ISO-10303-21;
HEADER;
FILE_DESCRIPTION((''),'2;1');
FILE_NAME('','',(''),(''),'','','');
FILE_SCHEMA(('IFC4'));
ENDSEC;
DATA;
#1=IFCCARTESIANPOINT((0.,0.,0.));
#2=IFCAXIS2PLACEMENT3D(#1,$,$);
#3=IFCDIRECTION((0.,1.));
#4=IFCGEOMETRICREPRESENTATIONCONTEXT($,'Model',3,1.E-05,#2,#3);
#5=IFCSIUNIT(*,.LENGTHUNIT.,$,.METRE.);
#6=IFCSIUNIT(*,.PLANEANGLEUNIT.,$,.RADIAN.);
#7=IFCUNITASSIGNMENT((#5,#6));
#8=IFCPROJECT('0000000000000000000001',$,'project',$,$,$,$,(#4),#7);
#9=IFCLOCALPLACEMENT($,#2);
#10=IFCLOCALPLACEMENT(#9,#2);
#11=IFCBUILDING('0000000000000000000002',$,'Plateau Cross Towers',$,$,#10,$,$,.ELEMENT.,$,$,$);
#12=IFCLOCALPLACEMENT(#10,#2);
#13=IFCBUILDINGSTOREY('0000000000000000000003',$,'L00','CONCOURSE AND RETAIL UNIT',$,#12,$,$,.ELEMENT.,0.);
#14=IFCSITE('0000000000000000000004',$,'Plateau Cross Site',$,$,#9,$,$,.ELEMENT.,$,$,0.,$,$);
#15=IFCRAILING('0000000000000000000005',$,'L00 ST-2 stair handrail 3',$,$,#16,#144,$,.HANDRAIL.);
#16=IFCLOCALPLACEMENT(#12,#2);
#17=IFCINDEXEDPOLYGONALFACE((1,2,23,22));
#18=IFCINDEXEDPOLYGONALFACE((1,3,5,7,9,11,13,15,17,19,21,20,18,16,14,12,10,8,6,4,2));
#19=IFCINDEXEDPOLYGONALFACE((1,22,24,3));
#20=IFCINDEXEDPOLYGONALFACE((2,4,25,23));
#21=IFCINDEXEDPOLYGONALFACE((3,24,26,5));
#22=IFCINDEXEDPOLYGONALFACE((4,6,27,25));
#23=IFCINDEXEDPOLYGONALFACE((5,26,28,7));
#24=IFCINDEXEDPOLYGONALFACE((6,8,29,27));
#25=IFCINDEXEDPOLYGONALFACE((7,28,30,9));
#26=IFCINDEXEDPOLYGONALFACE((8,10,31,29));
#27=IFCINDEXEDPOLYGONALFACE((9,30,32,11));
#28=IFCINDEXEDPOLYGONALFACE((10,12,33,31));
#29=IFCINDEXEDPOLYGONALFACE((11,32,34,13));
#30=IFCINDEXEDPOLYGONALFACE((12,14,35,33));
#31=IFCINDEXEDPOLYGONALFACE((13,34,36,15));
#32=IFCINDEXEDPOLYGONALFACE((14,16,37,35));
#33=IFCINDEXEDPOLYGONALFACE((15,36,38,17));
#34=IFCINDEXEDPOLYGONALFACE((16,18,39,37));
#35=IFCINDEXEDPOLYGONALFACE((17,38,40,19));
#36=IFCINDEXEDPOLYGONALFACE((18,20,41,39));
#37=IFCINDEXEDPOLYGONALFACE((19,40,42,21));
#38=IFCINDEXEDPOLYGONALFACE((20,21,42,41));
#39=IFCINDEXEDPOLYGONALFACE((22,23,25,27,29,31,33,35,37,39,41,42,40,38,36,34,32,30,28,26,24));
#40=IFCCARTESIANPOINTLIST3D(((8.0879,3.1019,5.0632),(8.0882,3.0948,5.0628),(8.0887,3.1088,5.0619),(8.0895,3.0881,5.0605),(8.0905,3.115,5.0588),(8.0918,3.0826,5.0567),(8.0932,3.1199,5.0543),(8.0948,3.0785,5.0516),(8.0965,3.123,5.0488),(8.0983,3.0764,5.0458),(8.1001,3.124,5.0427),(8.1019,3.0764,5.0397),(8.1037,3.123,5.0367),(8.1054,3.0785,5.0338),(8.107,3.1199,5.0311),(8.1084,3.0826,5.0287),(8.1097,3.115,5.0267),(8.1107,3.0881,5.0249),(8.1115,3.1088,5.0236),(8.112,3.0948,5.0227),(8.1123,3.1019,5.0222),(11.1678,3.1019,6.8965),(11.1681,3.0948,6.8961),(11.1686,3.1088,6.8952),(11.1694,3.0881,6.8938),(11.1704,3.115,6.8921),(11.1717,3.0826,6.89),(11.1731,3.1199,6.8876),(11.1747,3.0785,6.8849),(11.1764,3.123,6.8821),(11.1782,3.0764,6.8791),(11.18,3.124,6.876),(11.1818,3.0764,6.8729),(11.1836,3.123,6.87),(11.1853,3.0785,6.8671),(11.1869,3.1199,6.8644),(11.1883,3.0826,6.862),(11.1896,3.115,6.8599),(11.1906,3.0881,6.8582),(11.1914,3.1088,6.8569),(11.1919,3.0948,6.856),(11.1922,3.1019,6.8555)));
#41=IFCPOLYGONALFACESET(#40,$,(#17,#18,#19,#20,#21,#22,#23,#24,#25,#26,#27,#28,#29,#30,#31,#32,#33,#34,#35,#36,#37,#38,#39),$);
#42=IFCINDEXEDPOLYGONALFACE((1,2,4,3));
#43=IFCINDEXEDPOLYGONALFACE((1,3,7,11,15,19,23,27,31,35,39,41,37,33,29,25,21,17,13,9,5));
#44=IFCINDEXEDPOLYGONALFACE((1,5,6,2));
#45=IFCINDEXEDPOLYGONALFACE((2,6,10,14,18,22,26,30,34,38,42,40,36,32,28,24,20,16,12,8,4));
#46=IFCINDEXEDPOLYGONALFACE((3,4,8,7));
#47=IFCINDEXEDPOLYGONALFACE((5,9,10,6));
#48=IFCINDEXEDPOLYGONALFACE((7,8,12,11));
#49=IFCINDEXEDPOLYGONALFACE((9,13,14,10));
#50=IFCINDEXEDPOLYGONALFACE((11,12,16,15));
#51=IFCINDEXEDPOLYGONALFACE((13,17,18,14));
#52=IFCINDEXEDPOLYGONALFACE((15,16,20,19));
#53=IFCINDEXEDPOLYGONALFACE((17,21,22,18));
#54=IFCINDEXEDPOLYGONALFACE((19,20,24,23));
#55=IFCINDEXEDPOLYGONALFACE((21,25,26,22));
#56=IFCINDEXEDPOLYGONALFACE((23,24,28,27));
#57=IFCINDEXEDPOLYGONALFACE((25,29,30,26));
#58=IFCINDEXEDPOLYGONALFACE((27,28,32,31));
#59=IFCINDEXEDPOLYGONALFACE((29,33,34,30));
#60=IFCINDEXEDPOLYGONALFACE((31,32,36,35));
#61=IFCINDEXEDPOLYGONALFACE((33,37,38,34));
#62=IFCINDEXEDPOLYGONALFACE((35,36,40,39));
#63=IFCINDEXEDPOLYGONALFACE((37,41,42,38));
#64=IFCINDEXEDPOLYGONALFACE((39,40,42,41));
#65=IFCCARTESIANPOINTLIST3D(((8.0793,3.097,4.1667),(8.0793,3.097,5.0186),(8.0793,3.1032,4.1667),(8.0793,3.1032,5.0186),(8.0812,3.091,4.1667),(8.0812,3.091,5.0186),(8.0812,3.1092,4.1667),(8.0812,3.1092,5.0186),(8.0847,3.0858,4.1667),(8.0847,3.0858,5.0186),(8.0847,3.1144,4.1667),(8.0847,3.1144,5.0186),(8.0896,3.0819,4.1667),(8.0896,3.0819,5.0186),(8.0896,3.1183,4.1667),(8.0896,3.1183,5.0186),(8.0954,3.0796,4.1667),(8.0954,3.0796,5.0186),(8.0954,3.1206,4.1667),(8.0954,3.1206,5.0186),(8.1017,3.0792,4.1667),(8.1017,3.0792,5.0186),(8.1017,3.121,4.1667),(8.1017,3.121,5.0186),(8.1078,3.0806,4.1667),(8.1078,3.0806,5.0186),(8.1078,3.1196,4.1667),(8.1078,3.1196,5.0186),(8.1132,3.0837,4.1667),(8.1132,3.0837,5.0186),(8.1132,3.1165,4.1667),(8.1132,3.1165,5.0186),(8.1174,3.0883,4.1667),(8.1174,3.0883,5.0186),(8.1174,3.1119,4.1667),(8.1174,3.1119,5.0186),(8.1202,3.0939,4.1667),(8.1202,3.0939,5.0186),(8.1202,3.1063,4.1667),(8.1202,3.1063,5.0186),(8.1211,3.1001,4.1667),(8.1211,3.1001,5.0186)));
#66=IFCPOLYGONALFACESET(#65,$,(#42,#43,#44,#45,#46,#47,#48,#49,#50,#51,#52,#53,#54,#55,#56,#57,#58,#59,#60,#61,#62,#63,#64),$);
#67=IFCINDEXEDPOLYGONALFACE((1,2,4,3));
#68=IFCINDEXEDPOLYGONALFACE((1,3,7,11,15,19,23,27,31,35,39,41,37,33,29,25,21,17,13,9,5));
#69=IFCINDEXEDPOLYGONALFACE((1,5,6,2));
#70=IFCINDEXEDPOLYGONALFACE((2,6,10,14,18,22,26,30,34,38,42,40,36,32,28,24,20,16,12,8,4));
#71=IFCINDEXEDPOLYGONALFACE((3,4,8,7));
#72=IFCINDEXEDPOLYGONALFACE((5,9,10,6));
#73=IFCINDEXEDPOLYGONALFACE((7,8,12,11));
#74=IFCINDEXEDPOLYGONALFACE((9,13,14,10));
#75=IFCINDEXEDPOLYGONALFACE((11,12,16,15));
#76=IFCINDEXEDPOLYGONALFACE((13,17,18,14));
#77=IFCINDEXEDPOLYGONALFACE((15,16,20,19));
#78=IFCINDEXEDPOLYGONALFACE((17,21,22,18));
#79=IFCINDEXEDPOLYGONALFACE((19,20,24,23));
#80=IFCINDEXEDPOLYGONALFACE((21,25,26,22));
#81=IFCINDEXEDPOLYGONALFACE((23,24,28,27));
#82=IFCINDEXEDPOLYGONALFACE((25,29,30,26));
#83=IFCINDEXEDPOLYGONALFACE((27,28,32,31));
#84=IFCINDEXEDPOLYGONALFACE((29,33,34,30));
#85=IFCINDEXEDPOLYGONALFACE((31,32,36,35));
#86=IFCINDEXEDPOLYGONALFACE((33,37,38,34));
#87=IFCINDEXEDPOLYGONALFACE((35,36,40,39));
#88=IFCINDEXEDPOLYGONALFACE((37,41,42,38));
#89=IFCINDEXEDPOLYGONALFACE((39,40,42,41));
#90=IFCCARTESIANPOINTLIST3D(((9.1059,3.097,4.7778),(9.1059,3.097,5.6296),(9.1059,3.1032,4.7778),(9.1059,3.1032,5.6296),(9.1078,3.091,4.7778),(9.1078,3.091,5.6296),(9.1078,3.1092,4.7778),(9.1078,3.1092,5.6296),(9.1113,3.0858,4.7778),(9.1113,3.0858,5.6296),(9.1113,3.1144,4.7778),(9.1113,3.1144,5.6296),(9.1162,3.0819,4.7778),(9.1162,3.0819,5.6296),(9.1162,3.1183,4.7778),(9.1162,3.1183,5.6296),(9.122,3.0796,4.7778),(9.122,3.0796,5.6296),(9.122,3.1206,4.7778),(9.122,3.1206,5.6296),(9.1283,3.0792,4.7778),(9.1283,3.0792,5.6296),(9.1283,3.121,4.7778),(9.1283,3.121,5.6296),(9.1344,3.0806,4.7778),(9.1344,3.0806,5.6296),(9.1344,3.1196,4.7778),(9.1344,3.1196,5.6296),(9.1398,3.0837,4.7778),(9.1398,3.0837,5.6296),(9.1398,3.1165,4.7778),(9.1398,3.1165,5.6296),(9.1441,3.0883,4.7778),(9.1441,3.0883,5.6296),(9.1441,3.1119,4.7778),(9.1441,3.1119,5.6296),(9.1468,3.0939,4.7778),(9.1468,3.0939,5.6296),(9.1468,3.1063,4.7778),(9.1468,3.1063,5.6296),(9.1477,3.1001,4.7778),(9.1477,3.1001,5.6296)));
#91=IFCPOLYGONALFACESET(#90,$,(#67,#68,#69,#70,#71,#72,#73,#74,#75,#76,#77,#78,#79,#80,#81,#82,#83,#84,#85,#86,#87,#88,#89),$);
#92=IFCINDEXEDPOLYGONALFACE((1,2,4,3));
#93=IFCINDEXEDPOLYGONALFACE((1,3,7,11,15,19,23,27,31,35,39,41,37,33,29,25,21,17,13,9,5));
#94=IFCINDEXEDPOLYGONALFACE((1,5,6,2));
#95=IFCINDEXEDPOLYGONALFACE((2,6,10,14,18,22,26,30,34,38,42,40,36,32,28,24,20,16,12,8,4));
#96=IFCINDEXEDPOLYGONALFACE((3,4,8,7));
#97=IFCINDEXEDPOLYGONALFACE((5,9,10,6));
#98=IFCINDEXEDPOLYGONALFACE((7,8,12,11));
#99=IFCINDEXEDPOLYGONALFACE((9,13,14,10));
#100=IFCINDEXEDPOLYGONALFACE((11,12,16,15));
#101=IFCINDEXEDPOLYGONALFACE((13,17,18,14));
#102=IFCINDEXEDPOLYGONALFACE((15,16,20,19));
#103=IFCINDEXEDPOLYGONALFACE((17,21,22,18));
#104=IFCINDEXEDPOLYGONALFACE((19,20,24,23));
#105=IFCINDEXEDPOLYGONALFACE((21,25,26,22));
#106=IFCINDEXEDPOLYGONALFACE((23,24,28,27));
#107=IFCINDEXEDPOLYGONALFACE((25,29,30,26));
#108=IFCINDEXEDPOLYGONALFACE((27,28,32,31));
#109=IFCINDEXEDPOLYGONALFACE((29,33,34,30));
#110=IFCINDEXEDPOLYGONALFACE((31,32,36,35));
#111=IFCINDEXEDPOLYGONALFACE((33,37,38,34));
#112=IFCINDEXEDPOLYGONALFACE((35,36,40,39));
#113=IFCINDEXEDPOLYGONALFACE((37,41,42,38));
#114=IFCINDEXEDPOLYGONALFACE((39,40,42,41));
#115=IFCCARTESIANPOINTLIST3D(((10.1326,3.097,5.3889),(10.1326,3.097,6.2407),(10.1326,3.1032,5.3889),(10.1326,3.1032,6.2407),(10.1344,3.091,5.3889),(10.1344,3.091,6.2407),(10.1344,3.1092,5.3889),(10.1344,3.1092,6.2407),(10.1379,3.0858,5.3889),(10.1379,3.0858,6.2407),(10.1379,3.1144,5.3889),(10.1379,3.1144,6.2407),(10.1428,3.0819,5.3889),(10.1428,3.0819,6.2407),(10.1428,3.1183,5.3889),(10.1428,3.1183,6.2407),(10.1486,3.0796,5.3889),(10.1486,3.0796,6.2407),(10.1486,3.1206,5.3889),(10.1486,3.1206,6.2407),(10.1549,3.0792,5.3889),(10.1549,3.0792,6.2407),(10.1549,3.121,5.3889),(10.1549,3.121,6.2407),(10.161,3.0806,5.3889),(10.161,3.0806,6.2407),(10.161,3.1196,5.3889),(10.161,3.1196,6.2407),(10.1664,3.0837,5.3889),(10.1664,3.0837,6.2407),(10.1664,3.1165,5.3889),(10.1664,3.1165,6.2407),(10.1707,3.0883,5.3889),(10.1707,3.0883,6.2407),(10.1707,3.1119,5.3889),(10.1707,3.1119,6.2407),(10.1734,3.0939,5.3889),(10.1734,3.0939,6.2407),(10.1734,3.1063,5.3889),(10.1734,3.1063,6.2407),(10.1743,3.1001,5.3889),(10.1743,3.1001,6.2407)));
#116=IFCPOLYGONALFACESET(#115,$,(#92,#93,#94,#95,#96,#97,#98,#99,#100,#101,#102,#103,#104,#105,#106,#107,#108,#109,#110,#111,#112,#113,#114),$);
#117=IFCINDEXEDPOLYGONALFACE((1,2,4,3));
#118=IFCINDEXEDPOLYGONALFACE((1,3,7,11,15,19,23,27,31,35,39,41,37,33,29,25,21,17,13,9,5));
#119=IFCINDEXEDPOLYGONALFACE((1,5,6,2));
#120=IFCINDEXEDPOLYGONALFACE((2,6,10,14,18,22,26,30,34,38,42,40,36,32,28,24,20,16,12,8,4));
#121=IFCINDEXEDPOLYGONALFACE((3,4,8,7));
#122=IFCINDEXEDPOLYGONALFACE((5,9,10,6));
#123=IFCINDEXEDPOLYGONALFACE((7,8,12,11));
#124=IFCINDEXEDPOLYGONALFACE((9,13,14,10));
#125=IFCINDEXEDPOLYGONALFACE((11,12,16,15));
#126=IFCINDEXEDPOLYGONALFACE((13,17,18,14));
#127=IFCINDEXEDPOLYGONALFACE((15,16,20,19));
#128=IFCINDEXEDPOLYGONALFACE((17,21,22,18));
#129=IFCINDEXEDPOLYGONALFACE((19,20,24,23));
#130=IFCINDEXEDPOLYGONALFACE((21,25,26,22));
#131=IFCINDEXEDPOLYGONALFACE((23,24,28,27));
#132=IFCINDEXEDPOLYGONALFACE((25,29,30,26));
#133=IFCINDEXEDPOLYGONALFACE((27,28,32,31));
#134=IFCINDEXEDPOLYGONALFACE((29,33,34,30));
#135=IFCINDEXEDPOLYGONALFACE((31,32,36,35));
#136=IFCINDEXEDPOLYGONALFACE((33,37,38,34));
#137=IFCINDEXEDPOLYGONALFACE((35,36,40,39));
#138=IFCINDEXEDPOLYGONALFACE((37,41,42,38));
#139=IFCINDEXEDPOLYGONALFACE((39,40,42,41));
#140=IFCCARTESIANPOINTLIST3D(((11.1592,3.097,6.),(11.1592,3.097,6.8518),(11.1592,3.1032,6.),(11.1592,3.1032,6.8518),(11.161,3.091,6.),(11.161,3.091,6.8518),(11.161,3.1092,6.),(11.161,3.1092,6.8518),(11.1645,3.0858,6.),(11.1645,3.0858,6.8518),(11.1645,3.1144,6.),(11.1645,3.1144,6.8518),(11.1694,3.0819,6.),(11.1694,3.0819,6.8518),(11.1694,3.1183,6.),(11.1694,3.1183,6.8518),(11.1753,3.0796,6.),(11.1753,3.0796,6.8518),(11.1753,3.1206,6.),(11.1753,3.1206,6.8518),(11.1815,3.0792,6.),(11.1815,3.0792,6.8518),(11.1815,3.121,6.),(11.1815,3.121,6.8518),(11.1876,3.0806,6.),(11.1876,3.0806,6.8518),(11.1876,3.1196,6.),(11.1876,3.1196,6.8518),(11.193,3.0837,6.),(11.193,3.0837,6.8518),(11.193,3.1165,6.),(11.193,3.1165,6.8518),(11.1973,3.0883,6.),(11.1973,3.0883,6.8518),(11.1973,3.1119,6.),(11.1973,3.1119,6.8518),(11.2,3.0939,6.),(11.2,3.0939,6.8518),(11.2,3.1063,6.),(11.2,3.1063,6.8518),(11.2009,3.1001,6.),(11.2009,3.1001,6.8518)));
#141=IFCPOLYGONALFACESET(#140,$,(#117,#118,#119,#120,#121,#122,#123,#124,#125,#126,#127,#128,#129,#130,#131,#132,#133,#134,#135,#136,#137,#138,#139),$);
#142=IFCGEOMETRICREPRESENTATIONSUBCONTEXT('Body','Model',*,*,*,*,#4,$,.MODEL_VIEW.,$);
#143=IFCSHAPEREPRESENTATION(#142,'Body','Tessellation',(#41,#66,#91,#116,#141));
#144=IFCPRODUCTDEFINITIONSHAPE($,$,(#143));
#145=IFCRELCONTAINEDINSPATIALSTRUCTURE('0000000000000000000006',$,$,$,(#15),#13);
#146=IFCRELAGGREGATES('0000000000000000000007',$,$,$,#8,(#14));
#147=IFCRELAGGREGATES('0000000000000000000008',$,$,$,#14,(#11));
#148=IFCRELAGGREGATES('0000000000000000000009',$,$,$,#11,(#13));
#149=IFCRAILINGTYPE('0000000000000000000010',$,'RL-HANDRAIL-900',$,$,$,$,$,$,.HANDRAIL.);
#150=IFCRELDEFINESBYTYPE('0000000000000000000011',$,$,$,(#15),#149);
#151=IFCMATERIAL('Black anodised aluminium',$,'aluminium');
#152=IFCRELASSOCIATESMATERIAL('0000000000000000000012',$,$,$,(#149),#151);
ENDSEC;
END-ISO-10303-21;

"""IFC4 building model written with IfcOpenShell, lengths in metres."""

from ifc_helpers import new_model, si_unit, direction, frame, origin, origin_2d, place, context, subcontext, project, spatial, circle, extrude, material, type_object, element, save


model = new_model("IFC4")

# Units and contexts
model_context = context("Model", 3, precision=1e-05, world=origin(), true_north=direction((0.0, 1.0)))
body_context = subcontext(model_context, "Body", "Model", "MODEL_VIEW")
ifc_project = project(units=[si_unit("LENGTHUNIT", "METRE"), si_unit("PLANEANGLEUNIT", "RADIAN")], contexts=[model_context])

# Site, building, storey
site_placement = place(None, origin())
site = spatial("IfcSite", under=ifc_project, at=site_placement, Name="Plateau Cross Site", CompositionType="ELEMENT", RefElevation=0.0)
building_placement = place(site_placement, origin())
building = spatial("IfcBuilding", under=site, at=building_placement, Name="Plateau Cross Towers", CompositionType="ELEMENT")
storey_placement = place(building_placement, origin())
storey = spatial("IfcBuildingStorey", under=building, at=storey_placement, Name="L00", Description="CONCOURSE AND RETAIL UNIT", CompositionType="ELEMENT", Elevation=0.0)

# Railing
ifc_material_1 = material(Name="Black anodised aluminium", Category="aluminium")
railing_type_1 = type_object("IfcRailingType", Name="RL-HANDRAIL-900", PredefinedType="HANDRAIL", material=ifc_material_1)
for number, where, name in (
    (1, (8.1001, 3.1001, 4.1667), "L00 ST-2 stair handrail 3"),
):
    element("IfcRailing", number, at=place(storey_placement, frame(where)), inside=storey, type_object=railing_type_1, Name=name, PredefinedType="HANDRAIL", context=body_context, shape_type="SweptSolid", body=[
        extrude(circle(Radius=0.0239, at=origin_2d()), frame((0.0, 0.0, 0.876), z_axis=(0.859291, 0.0, 0.511487), x_axis=(0.0, 1.0, 0.0)), (0.0, 0.0, 1.0), 3.5842),
        extrude(circle(Radius=0.021, at=origin_2d()), origin(), (0.0, 0.0, 1.0), 0.8518),
        extrude(circle(Radius=0.021, at=origin_2d()), frame((1.0266, 0.0, 0.6111)), (0.0, 0.0, 1.0), 0.8518),
        extrude(circle(Radius=0.021, at=origin_2d()), frame((2.0532, 0.0, 1.2222)), (0.0, 0.0, 1.0), 0.8518),
        extrude(circle(Radius=0.021, at=origin_2d()), frame((3.0798, 0.0, 1.8333)), (0.0, 0.0, 1.0), 0.8518),
    ])

save(model, "model.ifc")
